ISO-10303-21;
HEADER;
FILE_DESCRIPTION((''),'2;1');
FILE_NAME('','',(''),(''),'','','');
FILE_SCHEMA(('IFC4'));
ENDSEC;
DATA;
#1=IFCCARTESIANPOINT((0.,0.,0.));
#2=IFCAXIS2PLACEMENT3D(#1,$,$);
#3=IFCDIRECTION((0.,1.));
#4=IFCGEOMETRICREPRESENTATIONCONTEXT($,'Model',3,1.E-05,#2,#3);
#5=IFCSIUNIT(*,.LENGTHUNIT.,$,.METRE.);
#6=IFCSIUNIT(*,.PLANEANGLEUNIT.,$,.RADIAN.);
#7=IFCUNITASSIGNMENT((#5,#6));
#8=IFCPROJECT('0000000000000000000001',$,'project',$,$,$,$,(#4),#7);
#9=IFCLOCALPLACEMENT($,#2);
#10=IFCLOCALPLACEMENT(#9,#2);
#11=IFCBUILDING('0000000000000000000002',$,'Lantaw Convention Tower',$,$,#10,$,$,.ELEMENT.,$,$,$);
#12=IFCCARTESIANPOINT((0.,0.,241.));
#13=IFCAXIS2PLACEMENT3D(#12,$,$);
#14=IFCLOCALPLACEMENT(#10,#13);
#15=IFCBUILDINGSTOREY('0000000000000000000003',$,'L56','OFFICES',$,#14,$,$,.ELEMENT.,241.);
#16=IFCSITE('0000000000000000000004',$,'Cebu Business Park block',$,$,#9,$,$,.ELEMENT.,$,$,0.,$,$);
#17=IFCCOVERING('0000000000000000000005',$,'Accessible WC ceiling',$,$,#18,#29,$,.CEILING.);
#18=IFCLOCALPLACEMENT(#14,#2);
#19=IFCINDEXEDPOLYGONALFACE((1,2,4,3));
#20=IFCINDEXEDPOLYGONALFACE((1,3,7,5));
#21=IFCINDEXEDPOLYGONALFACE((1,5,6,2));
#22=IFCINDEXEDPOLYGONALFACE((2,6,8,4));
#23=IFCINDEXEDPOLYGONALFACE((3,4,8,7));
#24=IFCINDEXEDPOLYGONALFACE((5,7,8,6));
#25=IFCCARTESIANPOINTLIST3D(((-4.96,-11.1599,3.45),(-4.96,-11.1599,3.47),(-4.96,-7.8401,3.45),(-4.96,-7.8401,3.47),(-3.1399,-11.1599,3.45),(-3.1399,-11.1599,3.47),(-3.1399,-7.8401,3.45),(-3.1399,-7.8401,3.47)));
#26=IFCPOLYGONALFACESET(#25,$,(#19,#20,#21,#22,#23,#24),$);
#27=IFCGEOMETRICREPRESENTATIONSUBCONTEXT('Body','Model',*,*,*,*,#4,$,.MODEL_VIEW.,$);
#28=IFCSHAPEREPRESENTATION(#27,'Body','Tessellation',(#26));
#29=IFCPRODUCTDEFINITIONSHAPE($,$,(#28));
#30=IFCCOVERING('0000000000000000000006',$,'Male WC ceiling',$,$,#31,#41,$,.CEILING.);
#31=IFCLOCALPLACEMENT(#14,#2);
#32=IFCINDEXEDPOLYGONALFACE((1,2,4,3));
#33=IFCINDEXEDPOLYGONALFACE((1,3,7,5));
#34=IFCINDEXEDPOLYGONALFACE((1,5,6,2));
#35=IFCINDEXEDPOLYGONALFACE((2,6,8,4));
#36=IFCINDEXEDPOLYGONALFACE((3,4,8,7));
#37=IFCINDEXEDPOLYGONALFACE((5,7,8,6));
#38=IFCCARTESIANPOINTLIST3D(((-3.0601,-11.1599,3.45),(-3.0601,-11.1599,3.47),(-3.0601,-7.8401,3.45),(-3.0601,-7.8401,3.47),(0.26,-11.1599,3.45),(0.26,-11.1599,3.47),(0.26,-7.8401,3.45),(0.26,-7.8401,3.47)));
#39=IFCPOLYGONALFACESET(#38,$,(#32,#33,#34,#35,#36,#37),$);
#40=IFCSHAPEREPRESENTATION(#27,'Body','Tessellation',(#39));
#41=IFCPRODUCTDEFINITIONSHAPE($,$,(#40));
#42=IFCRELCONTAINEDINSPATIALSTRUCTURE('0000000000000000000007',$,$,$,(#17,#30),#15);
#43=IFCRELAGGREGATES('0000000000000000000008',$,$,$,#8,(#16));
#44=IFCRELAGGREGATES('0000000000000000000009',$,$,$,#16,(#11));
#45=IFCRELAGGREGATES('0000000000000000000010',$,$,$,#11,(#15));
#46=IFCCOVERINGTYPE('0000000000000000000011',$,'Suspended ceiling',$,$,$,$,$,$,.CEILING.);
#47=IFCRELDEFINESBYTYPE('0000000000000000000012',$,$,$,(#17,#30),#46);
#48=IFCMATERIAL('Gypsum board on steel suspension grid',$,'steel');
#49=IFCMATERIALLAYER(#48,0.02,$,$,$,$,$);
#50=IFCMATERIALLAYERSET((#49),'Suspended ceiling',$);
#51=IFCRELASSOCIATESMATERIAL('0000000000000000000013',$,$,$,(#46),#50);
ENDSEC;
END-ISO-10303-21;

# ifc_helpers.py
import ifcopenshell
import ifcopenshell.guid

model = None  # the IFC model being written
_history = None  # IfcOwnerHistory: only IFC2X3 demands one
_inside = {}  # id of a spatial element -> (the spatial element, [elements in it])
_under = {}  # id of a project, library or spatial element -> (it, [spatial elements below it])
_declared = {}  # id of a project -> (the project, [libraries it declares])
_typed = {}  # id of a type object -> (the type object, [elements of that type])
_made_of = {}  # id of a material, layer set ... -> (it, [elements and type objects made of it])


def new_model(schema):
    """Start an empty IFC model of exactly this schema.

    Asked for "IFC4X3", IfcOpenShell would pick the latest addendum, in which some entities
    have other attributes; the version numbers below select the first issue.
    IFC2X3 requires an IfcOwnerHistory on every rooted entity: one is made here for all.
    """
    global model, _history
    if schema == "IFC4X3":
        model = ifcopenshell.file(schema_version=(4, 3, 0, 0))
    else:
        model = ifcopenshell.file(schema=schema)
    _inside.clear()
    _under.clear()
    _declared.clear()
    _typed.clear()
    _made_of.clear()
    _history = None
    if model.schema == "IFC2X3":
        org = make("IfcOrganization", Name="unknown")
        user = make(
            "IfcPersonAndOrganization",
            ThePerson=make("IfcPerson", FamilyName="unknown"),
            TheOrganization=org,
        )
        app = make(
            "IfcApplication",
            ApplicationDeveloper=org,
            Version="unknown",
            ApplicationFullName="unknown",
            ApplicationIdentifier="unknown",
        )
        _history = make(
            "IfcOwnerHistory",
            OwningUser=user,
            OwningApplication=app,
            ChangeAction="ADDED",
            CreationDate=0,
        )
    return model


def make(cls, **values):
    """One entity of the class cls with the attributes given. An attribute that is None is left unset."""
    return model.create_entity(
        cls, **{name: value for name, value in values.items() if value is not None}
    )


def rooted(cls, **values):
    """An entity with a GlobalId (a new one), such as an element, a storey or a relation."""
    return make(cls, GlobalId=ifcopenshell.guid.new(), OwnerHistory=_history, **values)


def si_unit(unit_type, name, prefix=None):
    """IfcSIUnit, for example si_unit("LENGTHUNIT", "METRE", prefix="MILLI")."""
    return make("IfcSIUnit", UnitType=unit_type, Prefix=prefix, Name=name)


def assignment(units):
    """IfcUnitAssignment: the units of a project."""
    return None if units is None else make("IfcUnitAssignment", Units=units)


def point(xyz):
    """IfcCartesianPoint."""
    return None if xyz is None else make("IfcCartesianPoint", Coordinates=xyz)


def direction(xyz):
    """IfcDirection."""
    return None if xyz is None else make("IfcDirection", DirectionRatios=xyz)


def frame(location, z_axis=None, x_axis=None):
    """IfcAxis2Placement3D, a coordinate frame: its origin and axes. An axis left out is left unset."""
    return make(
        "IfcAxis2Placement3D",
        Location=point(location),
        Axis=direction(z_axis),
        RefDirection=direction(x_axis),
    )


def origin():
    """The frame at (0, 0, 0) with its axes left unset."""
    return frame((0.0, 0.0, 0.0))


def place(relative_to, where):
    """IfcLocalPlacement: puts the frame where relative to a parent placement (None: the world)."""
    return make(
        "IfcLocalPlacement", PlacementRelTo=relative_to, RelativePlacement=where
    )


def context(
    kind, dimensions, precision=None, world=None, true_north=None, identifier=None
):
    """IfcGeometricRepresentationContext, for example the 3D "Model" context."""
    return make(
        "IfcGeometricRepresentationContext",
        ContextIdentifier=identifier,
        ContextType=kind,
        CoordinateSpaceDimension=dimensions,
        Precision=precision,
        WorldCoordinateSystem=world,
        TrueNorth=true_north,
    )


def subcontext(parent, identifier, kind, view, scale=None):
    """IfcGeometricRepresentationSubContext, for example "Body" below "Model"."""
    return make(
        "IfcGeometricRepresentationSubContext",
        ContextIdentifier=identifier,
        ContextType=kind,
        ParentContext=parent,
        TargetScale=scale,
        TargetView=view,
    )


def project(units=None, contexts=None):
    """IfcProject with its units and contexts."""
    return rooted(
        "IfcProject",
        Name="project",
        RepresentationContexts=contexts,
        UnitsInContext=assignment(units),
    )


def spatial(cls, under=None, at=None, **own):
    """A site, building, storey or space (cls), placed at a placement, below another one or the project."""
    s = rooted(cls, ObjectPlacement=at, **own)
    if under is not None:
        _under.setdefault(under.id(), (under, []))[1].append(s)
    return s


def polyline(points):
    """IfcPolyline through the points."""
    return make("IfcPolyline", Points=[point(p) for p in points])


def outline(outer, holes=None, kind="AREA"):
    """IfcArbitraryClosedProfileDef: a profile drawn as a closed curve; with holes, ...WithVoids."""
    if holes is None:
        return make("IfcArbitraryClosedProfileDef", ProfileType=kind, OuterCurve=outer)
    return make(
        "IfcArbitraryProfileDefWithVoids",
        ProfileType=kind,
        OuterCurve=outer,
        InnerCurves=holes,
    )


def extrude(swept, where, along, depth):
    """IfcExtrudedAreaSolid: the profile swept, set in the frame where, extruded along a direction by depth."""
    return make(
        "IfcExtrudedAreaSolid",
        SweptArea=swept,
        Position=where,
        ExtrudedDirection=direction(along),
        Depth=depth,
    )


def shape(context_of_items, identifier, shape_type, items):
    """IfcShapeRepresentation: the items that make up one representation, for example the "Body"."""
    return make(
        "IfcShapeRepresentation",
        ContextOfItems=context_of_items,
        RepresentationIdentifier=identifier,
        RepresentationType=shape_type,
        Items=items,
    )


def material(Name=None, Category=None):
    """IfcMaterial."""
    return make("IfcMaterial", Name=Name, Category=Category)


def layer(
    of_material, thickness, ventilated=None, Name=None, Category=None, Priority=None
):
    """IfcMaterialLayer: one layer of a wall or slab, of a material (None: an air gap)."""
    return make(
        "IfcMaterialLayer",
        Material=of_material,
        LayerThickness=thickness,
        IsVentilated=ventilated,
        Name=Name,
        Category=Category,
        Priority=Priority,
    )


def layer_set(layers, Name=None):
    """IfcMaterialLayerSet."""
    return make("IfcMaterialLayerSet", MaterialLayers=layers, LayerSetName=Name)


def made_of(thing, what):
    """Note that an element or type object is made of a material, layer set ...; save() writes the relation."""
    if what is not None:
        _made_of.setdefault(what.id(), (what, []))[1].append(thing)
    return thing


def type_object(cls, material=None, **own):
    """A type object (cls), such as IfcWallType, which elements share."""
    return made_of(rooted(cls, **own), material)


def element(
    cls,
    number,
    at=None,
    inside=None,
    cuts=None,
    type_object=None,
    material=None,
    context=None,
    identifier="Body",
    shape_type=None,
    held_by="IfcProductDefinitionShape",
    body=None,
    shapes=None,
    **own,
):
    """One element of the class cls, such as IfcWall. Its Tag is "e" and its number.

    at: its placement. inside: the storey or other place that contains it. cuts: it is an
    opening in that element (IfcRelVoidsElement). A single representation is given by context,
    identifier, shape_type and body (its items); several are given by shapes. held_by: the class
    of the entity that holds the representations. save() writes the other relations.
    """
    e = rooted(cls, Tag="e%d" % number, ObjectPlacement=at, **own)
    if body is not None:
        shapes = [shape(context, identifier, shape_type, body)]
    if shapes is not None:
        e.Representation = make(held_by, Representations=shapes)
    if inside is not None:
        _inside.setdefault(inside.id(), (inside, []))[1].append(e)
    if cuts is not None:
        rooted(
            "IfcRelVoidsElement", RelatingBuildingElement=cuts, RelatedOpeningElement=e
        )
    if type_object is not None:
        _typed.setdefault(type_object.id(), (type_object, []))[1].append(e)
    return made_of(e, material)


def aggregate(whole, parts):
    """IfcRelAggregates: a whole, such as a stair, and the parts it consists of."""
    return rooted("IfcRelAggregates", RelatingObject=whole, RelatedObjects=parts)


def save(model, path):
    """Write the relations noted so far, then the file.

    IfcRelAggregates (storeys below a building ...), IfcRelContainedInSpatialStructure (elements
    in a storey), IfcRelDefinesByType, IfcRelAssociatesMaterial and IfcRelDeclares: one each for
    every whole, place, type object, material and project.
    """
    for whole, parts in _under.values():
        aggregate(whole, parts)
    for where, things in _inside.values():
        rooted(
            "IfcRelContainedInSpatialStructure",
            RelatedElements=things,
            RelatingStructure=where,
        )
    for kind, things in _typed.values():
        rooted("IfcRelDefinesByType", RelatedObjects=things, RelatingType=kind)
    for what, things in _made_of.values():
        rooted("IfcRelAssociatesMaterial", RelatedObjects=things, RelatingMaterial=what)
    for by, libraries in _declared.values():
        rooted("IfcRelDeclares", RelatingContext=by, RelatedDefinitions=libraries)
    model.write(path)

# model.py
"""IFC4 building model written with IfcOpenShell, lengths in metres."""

from ifc_helpers import new_model, si_unit, direction, frame, origin, place, context, subcontext, project, spatial, polyline, outline, extrude, material, layer, layer_set, type_object, element, save


model = new_model("IFC4")

# Units and contexts
model_context = context("Model", 3, precision=1e-05, world=origin(), true_north=direction((0.0, 1.0)))
body_context = subcontext(model_context, "Body", "Model", "MODEL_VIEW")
ifc_project = project(units=[si_unit("LENGTHUNIT", "METRE"), si_unit("PLANEANGLEUNIT", "RADIAN")], contexts=[model_context])

# Site, building, storey
site_placement = place(None, origin())
site = spatial("IfcSite", under=ifc_project, at=site_placement, Name="Cebu Business Park block", CompositionType="ELEMENT", RefElevation=0.0)
building_placement = place(site_placement, origin())
building = spatial("IfcBuilding", under=site, at=building_placement, Name="Lantaw Convention Tower", CompositionType="ELEMENT")
storey_placement = place(building_placement, frame((0.0, 0.0, 241.0)))
storey = spatial("IfcBuildingStorey", under=building, at=storey_placement, Name="L56", Description="OFFICES", CompositionType="ELEMENT", Elevation=241.0)

# Coverings
ifc_material_1 = material(Name="Gypsum board on steel suspension grid", Category="steel")
ifc_layer_1 = layer(ifc_material_1, 0.02)
ifc_layer_set_1 = layer_set([ifc_layer_1], Name="Suspended ceiling")
covering_type = type_object("IfcCoveringType", Name="Suspended ceiling", PredefinedType="CEILING", material=ifc_layer_set_1)
covering_1_placement = place(storey_placement, frame((0.0, 0.0, 3.45)))
element("IfcCovering", 1, at=covering_1_placement, inside=storey, type_object=covering_type, Name="Accessible WC ceiling", PredefinedType="CEILING", context=body_context, shape_type="SweptSolid", body=[
    extrude(outline(polyline([(-4.96, -11.1599), (-3.1399, -11.1599), (-3.1399, -7.8401), (-4.96, -7.8401), (-4.96, -11.1599)])), origin(), (0.0, 0.0, 1.0), 0.02),
])
covering_2_placement = place(storey_placement, frame((0.0, 0.0, 3.45)))
element("IfcCovering", 2, at=covering_2_placement, inside=storey, type_object=covering_type, Name="Male WC ceiling", PredefinedType="CEILING", context=body_context, shape_type="SweptSolid", body=[
    extrude(outline(polyline([(-3.0601, -11.1599), (0.26, -11.1599), (0.26, -7.8401), (-3.0601, -7.8401), (-3.0601, -11.1599)])), origin(), (0.0, 0.0, 1.0), 0.02),
])

save(model, "model.ifc")
